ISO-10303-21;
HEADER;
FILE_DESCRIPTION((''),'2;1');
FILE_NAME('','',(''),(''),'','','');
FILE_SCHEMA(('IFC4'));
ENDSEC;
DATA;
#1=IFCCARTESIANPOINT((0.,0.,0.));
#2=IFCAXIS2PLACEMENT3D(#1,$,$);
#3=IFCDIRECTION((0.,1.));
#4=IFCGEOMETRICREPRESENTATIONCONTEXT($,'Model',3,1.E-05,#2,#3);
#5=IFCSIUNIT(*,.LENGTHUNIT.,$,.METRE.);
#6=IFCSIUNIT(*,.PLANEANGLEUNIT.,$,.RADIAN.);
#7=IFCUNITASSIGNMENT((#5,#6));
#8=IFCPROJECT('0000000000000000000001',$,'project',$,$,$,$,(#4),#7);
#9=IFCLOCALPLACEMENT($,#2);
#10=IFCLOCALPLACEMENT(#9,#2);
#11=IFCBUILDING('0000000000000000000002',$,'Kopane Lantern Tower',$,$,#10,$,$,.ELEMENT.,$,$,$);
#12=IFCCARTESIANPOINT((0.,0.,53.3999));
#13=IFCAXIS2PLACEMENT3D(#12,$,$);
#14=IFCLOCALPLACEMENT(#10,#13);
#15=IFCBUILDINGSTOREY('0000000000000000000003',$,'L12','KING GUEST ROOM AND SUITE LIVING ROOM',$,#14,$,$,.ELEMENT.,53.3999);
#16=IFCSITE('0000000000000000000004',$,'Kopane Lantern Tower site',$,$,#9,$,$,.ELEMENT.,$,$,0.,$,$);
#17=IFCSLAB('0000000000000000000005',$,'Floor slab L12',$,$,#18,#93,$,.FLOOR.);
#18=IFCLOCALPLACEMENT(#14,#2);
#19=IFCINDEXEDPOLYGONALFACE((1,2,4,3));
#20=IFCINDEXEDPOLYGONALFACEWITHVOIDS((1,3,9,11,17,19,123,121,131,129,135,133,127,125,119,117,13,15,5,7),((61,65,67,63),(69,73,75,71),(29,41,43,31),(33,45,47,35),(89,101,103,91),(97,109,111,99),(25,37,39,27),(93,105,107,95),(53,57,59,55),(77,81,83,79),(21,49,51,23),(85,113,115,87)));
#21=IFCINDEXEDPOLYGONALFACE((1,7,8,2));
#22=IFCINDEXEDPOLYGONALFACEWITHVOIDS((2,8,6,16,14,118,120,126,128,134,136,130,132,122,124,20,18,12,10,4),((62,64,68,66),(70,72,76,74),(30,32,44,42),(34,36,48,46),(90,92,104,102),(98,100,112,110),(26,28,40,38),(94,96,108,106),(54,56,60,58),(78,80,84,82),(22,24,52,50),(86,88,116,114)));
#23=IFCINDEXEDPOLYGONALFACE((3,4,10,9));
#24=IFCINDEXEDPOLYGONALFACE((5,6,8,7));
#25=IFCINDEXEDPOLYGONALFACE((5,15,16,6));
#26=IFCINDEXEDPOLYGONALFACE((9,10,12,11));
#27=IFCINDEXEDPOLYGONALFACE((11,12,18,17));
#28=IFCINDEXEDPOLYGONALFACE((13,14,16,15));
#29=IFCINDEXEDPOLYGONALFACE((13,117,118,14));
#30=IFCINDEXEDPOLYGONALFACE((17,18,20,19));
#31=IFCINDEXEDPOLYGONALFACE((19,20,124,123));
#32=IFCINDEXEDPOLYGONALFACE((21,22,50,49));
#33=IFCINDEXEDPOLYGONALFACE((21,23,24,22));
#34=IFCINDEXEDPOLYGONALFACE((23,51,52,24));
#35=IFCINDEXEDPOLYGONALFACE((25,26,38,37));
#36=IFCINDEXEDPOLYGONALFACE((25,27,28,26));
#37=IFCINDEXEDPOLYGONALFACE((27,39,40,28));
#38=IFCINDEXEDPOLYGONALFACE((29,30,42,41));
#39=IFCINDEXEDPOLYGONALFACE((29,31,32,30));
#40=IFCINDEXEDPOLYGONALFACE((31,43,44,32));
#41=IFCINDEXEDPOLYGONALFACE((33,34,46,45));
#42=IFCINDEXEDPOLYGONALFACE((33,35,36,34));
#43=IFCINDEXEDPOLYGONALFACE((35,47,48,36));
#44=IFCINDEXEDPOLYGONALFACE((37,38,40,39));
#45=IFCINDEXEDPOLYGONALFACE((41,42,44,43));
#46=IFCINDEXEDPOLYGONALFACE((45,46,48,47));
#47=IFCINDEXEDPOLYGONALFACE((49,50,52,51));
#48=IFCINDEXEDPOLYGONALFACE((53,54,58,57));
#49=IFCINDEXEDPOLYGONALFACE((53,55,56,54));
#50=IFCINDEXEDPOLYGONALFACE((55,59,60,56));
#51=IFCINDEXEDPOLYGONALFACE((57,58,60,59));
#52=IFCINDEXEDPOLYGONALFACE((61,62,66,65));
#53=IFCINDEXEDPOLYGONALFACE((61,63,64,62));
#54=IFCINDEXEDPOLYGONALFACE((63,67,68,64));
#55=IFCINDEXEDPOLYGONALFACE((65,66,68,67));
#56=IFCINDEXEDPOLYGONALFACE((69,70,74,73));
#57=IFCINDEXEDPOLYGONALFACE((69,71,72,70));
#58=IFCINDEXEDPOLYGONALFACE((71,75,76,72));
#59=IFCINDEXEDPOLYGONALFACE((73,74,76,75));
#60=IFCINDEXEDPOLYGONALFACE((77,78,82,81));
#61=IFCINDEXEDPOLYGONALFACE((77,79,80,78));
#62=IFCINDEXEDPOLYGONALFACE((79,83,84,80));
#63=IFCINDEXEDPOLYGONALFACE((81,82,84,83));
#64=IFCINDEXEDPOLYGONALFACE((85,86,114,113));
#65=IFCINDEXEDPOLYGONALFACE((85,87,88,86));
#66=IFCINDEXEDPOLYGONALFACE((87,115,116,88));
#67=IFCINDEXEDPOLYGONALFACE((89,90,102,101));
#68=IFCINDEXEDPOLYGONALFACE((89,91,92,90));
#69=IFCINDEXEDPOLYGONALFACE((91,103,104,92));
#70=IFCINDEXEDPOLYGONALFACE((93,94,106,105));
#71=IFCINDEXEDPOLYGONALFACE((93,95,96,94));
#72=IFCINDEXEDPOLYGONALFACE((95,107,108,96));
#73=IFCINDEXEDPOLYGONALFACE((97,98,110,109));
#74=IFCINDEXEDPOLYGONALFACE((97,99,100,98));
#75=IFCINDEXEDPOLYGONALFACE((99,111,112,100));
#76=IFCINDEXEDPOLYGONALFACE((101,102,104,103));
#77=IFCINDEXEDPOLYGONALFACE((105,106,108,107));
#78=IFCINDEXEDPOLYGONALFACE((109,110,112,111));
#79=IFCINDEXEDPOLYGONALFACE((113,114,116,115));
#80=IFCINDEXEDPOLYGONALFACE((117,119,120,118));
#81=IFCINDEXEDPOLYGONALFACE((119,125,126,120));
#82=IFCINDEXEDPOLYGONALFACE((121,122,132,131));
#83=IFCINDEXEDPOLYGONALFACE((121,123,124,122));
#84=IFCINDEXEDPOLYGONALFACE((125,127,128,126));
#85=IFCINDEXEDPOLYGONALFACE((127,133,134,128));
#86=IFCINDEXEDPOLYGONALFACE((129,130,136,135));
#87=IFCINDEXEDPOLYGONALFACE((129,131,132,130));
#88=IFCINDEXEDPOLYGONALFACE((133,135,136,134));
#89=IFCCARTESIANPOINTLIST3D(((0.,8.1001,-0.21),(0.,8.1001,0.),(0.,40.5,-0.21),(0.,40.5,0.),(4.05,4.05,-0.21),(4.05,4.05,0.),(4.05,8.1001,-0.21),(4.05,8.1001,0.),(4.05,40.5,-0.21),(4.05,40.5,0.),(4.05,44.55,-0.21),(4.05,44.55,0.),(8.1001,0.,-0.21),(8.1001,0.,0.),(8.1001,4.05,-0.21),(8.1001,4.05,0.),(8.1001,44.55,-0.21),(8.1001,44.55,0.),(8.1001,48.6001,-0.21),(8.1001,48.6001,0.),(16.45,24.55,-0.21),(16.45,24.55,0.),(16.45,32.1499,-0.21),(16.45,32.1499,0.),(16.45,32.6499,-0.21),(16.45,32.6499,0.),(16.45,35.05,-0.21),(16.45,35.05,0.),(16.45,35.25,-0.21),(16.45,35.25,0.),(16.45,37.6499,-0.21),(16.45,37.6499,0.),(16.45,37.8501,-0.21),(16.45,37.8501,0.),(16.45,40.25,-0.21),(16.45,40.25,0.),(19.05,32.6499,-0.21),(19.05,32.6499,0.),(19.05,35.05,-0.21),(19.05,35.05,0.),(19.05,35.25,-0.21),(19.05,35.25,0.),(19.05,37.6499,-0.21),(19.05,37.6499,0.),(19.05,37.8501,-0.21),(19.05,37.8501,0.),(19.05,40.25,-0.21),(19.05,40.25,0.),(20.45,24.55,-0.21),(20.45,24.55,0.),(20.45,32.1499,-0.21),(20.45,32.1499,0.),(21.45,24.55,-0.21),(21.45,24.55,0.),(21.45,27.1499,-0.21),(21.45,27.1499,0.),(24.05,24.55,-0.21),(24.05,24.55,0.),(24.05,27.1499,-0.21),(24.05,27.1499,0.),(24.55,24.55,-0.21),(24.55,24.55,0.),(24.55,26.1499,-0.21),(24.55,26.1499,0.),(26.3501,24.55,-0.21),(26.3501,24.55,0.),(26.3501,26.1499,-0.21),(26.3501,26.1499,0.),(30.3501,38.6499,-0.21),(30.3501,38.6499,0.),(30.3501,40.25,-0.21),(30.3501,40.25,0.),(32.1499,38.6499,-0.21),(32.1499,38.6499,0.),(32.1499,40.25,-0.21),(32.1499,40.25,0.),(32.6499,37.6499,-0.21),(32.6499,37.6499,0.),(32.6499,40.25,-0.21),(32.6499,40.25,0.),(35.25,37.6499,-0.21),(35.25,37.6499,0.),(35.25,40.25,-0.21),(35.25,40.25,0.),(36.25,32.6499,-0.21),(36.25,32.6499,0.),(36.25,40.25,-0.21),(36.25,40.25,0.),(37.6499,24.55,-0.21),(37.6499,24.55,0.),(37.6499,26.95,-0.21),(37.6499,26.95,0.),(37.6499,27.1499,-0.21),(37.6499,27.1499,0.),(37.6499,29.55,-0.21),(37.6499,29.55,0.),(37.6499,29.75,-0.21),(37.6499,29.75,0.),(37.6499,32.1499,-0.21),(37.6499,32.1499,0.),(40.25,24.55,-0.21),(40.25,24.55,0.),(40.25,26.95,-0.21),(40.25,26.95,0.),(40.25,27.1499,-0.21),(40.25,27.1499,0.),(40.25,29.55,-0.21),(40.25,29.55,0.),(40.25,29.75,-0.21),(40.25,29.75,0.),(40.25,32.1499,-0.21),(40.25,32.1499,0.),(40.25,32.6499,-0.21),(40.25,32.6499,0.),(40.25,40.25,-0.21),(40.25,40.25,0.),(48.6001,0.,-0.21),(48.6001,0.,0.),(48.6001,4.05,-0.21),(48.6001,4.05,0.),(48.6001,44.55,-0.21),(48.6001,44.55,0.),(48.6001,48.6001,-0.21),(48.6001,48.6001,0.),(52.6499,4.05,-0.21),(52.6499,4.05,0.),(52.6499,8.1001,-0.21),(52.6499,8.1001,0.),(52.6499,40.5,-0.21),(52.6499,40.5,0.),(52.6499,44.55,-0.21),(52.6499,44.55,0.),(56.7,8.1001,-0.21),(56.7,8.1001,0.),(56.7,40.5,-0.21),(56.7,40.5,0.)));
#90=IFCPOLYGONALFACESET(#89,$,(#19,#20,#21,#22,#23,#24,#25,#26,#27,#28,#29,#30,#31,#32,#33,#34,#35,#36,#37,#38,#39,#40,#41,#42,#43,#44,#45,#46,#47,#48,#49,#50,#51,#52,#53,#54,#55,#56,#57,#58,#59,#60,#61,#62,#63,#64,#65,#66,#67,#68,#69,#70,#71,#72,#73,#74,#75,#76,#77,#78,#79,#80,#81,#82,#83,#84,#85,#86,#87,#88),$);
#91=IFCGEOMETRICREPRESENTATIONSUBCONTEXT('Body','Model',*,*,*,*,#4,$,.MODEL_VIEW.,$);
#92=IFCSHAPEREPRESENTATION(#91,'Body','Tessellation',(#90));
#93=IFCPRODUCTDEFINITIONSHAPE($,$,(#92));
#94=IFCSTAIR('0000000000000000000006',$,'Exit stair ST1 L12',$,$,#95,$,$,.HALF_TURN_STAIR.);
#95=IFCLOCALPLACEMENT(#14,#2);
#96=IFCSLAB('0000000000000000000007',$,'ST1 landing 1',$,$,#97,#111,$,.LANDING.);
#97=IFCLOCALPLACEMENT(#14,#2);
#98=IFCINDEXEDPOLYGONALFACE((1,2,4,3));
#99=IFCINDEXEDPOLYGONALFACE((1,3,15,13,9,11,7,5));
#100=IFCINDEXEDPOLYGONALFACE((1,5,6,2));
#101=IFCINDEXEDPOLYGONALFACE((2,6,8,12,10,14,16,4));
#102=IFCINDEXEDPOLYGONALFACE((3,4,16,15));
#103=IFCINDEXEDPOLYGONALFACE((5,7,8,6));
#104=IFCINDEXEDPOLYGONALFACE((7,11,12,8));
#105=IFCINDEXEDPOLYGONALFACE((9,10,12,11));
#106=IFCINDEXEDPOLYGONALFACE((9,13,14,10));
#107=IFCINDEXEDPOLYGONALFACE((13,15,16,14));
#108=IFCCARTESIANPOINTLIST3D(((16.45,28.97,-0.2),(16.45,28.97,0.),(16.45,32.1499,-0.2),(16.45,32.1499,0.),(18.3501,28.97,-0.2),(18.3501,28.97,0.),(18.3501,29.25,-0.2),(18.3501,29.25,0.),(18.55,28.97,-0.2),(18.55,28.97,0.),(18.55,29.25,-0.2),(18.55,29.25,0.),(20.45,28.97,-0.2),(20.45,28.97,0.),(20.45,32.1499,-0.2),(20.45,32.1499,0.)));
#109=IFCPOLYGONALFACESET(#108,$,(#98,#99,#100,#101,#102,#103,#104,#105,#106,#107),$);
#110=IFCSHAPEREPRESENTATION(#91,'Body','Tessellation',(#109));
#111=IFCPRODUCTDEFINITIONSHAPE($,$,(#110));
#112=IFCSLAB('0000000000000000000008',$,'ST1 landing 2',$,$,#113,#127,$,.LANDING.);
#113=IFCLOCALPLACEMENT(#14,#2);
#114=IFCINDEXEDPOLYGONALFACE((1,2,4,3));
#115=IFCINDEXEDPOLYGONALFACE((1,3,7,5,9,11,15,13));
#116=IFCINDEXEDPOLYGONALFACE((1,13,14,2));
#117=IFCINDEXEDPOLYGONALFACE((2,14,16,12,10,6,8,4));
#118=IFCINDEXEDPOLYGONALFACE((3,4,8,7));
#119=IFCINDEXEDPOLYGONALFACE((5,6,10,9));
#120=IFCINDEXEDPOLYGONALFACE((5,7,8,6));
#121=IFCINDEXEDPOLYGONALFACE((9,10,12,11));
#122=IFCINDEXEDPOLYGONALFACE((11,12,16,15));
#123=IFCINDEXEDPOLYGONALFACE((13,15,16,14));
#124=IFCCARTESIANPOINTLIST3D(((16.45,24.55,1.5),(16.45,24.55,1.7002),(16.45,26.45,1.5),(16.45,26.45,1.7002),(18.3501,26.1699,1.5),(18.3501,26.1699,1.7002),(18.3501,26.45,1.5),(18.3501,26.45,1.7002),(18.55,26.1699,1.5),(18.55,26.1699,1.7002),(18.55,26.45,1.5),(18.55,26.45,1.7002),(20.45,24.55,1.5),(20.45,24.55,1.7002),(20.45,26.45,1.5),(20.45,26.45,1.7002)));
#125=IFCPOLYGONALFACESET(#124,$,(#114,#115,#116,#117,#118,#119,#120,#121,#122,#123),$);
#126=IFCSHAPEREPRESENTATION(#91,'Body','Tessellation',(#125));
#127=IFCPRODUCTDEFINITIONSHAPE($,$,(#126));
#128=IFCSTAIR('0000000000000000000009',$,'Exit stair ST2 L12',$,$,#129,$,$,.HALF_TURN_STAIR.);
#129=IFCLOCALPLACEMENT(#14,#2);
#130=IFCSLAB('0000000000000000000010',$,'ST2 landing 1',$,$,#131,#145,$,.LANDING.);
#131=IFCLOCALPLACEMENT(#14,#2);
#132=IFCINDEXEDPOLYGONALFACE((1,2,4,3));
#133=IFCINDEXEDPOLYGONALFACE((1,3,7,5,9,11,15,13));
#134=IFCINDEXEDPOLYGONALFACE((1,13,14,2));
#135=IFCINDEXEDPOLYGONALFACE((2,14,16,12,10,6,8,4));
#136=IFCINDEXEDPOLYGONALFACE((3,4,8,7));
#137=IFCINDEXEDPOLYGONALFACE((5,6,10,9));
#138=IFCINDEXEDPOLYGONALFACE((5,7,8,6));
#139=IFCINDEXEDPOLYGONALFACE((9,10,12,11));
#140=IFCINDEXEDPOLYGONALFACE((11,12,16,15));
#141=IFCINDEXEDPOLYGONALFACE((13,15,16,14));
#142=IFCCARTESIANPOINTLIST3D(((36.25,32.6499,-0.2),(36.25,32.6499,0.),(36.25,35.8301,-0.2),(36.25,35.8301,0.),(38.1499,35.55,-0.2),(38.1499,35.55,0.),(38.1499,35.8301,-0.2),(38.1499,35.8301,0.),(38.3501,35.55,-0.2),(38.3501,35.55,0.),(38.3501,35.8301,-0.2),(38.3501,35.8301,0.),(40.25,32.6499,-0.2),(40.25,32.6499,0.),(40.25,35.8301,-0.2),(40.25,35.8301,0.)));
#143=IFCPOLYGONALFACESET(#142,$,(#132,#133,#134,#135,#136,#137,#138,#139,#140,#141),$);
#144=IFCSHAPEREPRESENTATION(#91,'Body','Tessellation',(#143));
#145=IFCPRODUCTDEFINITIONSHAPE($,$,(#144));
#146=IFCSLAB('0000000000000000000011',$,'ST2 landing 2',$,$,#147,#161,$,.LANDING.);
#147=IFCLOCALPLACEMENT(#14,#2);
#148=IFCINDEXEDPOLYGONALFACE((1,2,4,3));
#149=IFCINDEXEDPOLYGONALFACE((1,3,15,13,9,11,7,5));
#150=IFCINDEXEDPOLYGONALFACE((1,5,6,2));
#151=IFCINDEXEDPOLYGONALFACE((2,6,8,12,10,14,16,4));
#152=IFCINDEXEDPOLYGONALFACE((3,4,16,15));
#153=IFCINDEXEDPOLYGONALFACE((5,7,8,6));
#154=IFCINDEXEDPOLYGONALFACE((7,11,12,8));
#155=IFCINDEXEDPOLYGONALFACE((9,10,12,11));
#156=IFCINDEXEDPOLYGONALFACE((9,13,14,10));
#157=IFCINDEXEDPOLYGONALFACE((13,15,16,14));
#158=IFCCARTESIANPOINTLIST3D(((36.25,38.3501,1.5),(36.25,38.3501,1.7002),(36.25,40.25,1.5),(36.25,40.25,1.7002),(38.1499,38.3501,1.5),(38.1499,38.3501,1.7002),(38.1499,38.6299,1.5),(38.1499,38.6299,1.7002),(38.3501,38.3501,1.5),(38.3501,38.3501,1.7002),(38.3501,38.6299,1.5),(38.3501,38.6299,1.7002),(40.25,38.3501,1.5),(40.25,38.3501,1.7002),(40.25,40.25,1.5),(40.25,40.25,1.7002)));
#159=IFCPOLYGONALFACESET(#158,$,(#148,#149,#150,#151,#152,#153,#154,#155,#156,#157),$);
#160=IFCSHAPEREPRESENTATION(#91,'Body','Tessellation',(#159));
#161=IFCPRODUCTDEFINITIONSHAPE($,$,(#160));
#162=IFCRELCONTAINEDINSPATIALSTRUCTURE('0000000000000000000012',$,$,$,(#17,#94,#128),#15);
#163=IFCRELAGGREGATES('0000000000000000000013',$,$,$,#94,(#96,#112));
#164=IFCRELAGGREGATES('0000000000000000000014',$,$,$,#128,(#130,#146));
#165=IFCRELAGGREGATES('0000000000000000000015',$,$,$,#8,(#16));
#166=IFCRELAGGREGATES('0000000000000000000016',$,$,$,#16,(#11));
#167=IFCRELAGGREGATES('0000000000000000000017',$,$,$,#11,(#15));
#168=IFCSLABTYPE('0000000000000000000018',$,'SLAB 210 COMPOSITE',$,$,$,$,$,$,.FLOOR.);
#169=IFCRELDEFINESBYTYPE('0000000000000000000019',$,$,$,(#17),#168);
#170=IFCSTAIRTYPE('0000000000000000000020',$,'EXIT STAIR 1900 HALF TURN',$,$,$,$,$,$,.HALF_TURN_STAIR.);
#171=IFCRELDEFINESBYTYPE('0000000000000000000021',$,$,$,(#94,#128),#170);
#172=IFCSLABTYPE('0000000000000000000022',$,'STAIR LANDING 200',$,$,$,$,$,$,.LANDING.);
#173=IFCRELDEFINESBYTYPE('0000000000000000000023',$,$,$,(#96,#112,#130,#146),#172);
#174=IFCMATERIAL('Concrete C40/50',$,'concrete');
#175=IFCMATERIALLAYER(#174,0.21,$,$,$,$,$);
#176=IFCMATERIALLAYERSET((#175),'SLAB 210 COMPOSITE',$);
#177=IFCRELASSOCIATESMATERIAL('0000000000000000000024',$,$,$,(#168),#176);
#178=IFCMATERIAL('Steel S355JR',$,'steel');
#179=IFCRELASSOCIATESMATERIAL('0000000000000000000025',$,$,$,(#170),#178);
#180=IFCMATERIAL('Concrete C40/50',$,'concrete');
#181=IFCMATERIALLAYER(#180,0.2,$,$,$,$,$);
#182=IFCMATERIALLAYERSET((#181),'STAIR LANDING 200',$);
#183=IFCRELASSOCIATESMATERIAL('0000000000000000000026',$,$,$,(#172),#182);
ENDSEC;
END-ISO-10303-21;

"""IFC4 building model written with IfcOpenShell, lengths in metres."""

from ifc_helpers import new_model, si_unit, direction, frame, origin, place, context, subcontext, project, spatial, polyline, outline, extrude, material, layer, layer_set, type_object, element, aggregate, save


model = new_model("IFC4")

# Units and contexts
model_context = context("Model", 3, precision=1e-05, world=origin(), true_north=direction((0.0, 1.0)))
body_context = subcontext(model_context, "Body", "Model", "MODEL_VIEW")
ifc_project = project(units=[si_unit("LENGTHUNIT", "METRE"), si_unit("PLANEANGLEUNIT", "RADIAN")], contexts=[model_context])

# Site, building, storey
site_placement = place(None, origin())
site = spatial("IfcSite", under=ifc_project, at=site_placement, Name="Kopane Lantern Tower site", CompositionType="ELEMENT", RefElevation=0.0)
building_placement = place(site_placement, origin())
building = spatial("IfcBuilding", under=site, at=building_placement, Name="Kopane Lantern Tower", CompositionType="ELEMENT")
storey_placement = place(building_placement, frame((0.0, 0.0, 53.3999)))
storey = spatial("IfcBuildingStorey", under=building, at=storey_placement, Name="L12", Description="KING GUEST ROOM AND SUITE LIVING ROOM", CompositionType="ELEMENT", Elevation=53.3999)

# Slab
ifc_material_1 = material(Name="Concrete C40/50", Category="concrete")
ifc_layer_1 = layer(ifc_material_1, 0.21)
ifc_layer_set_1 = layer_set([ifc_layer_1], Name="SLAB 210 COMPOSITE")
slab_type_1 = type_object("IfcSlabType", Name="SLAB 210 COMPOSITE", PredefinedType="FLOOR", material=ifc_layer_set_1)
slab_1_placement = place(storey_placement, frame((0.0, 0.0, -0.21)))
element("IfcSlab", 1, at=slab_1_placement, inside=storey, type_object=slab_type_1, Name="Floor slab L12", PredefinedType="FLOOR", context=body_context, shape_type="SweptSolid", body=[
    extrude(outline(polyline([(8.1001, 0.0), (48.6001, 0.0), (48.6001, 4.05), (52.6499, 4.05), (52.6499, 8.1001), (56.7, 8.1001), (56.7, 40.5), (52.6499, 40.5), (52.6499, 44.55), (48.6001, 44.55), (48.6001, 48.6001), (8.1001, 48.6001), (8.1001, 44.55), (4.05, 44.55), (4.05, 40.5), (0.0, 40.5), (0.0, 8.1001), (4.05, 8.1001), (4.05, 4.05), (8.1001, 4.05), (8.1001, 0.0)]), holes=[polyline([(16.45, 24.55), (20.45, 24.55), (20.45, 32.1499), (16.45, 32.1499), (16.45, 24.55)]), polyline([(36.25, 32.6499), (40.25, 32.6499), (40.25, 40.25), (36.25, 40.25), (36.25, 32.6499)]), polyline([(16.45, 32.6499), (19.05, 32.6499), (19.05, 35.05), (16.45, 35.05), (16.45, 32.6499)]), polyline([(16.45, 35.25), (19.05, 35.25), (19.05, 37.6499), (16.45, 37.6499), (16.45, 35.25)]), polyline([(16.45, 37.8501), (19.05, 37.8501), (19.05, 40.25), (16.45, 40.25), (16.45, 37.8501)]), polyline([(37.6499, 24.55), (40.25, 24.55), (40.25, 26.95), (37.6499, 26.95), (37.6499, 24.55)]), polyline([(37.6499, 27.1499), (40.25, 27.1499), (40.25, 29.55), (37.6499, 29.55), (37.6499, 27.1499)]), polyline([(37.6499, 29.75), (40.25, 29.75), (40.25, 32.1499), (37.6499, 32.1499), (37.6499, 29.75)]), polyline([(21.45, 24.55), (24.05, 24.55), (24.05, 27.1499), (21.45, 27.1499), (21.45, 24.55)]), polyline([(32.6499, 37.6499), (35.25, 37.6499), (35.25, 40.25), (32.6499, 40.25), (32.6499, 37.6499)]), polyline([(24.55, 24.55), (26.3501, 24.55), (26.3501, 26.1499), (24.55, 26.1499), (24.55, 24.55)]), polyline([(30.3501, 38.6499), (32.1499, 38.6499), (32.1499, 40.25), (30.3501, 40.25), (30.3501, 38.6499)])]), origin(), (0.0, 0.0, 1.0), 0.21),
])

# Stairs, slabs
ifc_material_2 = material(Name="Steel S355JR", Category="steel")
stair_type = type_object("IfcStairType", Name="EXIT STAIR 1900 HALF TURN", PredefinedType="HALF_TURN_STAIR", material=ifc_material_2)
stair_1_placement = place(storey_placement, origin())
stair_1 = element("IfcStair", 2, at=stair_1_placement, inside=storey, type_object=stair_type, Name="Exit stair ST1 L12", PredefinedType="HALF_TURN_STAIR")
ifc_material_3 = material(Name="Concrete C40/50", Category="concrete")
ifc_layer_2 = layer(ifc_material_3, 0.2)
ifc_layer_set_2 = layer_set([ifc_layer_2], Name="STAIR LANDING 200")
slab_type_2 = type_object("IfcSlabType", Name="STAIR LANDING 200", PredefinedType="LANDING", material=ifc_layer_set_2)
slab_2_placement = place(storey_placement, frame((0.0, 0.0, -0.2)))
slab_2 = element("IfcSlab", 3, at=slab_2_placement, type_object=slab_type_2, Name="ST1 landing 1", PredefinedType="LANDING", context=body_context, shape_type="SweptSolid", body=[
    extrude(outline(polyline([(18.3501, 29.25), (18.55, 29.25), (18.55, 28.97), (20.45, 28.97), (20.45, 32.1499), (16.45, 32.1499), (16.45, 28.97), (18.3501, 28.97), (18.3501, 29.25)])), origin(), (0.0, 0.0, 1.0), 0.2),
])
slab_3_placement = place(storey_placement, frame((0.0, 0.0, 1.5)))
slab_3 = element("IfcSlab", 4, at=slab_3_placement, type_object=slab_type_2, Name="ST1 landing 2", PredefinedType="LANDING", context=body_context, shape_type="SweptSolid", body=[
    extrude(outline(polyline([(20.45, 26.45), (18.55, 26.45), (18.55, 26.1699), (18.3501, 26.1699), (18.3501, 26.45), (16.45, 26.45), (16.45, 24.55), (20.45, 24.55), (20.45, 26.45)])), origin(), (0.0, 0.0, 1.0), 0.2002),
])
aggregate(stair_1, [slab_2, slab_3])
stair_2_placement = place(storey_placement, origin())
stair_2 = element("IfcStair", 5, at=stair_2_placement, inside=storey, type_object=stair_type, Name="Exit stair ST2 L12", PredefinedType="HALF_TURN_STAIR")
slab_4_placement = place(storey_placement, frame((0.0, 0.0, -0.2)))
slab_4 = element("IfcSlab", 6, at=slab_4_placement, type_object=slab_type_2, Name="ST2 landing 1", PredefinedType="LANDING", context=body_context, shape_type="SweptSolid", body=[
    extrude(outline(polyline([(40.25, 35.8301), (38.3501, 35.8301), (38.3501, 35.55), (38.1499, 35.55), (38.1499, 35.8301), (36.25, 35.8301), (36.25, 32.6499), (40.25, 32.6499), (40.25, 35.8301)])), origin(), (0.0, 0.0, 1.0), 0.2),
])
slab_5_placement = place(storey_placement, frame((0.0, 0.0, 1.5)))
slab_5 = element("IfcSlab", 7, at=slab_5_placement, type_object=slab_type_2, Name="ST2 landing 2", PredefinedType="LANDING", context=body_context, shape_type="SweptSolid", body=[
    extrude(outline(polyline([(38.1499, 38.6299), (38.3501, 38.6299), (38.3501, 38.3501), (40.25, 38.3501), (40.25, 40.25), (36.25, 40.25), (36.25, 38.3501), (38.1499, 38.3501), (38.1499, 38.6299)])), origin(), (0.0, 0.0, 1.0), 0.2002),
])
aggregate(stair_2, [slab_4, slab_5])

save(model, "model.ifc")
